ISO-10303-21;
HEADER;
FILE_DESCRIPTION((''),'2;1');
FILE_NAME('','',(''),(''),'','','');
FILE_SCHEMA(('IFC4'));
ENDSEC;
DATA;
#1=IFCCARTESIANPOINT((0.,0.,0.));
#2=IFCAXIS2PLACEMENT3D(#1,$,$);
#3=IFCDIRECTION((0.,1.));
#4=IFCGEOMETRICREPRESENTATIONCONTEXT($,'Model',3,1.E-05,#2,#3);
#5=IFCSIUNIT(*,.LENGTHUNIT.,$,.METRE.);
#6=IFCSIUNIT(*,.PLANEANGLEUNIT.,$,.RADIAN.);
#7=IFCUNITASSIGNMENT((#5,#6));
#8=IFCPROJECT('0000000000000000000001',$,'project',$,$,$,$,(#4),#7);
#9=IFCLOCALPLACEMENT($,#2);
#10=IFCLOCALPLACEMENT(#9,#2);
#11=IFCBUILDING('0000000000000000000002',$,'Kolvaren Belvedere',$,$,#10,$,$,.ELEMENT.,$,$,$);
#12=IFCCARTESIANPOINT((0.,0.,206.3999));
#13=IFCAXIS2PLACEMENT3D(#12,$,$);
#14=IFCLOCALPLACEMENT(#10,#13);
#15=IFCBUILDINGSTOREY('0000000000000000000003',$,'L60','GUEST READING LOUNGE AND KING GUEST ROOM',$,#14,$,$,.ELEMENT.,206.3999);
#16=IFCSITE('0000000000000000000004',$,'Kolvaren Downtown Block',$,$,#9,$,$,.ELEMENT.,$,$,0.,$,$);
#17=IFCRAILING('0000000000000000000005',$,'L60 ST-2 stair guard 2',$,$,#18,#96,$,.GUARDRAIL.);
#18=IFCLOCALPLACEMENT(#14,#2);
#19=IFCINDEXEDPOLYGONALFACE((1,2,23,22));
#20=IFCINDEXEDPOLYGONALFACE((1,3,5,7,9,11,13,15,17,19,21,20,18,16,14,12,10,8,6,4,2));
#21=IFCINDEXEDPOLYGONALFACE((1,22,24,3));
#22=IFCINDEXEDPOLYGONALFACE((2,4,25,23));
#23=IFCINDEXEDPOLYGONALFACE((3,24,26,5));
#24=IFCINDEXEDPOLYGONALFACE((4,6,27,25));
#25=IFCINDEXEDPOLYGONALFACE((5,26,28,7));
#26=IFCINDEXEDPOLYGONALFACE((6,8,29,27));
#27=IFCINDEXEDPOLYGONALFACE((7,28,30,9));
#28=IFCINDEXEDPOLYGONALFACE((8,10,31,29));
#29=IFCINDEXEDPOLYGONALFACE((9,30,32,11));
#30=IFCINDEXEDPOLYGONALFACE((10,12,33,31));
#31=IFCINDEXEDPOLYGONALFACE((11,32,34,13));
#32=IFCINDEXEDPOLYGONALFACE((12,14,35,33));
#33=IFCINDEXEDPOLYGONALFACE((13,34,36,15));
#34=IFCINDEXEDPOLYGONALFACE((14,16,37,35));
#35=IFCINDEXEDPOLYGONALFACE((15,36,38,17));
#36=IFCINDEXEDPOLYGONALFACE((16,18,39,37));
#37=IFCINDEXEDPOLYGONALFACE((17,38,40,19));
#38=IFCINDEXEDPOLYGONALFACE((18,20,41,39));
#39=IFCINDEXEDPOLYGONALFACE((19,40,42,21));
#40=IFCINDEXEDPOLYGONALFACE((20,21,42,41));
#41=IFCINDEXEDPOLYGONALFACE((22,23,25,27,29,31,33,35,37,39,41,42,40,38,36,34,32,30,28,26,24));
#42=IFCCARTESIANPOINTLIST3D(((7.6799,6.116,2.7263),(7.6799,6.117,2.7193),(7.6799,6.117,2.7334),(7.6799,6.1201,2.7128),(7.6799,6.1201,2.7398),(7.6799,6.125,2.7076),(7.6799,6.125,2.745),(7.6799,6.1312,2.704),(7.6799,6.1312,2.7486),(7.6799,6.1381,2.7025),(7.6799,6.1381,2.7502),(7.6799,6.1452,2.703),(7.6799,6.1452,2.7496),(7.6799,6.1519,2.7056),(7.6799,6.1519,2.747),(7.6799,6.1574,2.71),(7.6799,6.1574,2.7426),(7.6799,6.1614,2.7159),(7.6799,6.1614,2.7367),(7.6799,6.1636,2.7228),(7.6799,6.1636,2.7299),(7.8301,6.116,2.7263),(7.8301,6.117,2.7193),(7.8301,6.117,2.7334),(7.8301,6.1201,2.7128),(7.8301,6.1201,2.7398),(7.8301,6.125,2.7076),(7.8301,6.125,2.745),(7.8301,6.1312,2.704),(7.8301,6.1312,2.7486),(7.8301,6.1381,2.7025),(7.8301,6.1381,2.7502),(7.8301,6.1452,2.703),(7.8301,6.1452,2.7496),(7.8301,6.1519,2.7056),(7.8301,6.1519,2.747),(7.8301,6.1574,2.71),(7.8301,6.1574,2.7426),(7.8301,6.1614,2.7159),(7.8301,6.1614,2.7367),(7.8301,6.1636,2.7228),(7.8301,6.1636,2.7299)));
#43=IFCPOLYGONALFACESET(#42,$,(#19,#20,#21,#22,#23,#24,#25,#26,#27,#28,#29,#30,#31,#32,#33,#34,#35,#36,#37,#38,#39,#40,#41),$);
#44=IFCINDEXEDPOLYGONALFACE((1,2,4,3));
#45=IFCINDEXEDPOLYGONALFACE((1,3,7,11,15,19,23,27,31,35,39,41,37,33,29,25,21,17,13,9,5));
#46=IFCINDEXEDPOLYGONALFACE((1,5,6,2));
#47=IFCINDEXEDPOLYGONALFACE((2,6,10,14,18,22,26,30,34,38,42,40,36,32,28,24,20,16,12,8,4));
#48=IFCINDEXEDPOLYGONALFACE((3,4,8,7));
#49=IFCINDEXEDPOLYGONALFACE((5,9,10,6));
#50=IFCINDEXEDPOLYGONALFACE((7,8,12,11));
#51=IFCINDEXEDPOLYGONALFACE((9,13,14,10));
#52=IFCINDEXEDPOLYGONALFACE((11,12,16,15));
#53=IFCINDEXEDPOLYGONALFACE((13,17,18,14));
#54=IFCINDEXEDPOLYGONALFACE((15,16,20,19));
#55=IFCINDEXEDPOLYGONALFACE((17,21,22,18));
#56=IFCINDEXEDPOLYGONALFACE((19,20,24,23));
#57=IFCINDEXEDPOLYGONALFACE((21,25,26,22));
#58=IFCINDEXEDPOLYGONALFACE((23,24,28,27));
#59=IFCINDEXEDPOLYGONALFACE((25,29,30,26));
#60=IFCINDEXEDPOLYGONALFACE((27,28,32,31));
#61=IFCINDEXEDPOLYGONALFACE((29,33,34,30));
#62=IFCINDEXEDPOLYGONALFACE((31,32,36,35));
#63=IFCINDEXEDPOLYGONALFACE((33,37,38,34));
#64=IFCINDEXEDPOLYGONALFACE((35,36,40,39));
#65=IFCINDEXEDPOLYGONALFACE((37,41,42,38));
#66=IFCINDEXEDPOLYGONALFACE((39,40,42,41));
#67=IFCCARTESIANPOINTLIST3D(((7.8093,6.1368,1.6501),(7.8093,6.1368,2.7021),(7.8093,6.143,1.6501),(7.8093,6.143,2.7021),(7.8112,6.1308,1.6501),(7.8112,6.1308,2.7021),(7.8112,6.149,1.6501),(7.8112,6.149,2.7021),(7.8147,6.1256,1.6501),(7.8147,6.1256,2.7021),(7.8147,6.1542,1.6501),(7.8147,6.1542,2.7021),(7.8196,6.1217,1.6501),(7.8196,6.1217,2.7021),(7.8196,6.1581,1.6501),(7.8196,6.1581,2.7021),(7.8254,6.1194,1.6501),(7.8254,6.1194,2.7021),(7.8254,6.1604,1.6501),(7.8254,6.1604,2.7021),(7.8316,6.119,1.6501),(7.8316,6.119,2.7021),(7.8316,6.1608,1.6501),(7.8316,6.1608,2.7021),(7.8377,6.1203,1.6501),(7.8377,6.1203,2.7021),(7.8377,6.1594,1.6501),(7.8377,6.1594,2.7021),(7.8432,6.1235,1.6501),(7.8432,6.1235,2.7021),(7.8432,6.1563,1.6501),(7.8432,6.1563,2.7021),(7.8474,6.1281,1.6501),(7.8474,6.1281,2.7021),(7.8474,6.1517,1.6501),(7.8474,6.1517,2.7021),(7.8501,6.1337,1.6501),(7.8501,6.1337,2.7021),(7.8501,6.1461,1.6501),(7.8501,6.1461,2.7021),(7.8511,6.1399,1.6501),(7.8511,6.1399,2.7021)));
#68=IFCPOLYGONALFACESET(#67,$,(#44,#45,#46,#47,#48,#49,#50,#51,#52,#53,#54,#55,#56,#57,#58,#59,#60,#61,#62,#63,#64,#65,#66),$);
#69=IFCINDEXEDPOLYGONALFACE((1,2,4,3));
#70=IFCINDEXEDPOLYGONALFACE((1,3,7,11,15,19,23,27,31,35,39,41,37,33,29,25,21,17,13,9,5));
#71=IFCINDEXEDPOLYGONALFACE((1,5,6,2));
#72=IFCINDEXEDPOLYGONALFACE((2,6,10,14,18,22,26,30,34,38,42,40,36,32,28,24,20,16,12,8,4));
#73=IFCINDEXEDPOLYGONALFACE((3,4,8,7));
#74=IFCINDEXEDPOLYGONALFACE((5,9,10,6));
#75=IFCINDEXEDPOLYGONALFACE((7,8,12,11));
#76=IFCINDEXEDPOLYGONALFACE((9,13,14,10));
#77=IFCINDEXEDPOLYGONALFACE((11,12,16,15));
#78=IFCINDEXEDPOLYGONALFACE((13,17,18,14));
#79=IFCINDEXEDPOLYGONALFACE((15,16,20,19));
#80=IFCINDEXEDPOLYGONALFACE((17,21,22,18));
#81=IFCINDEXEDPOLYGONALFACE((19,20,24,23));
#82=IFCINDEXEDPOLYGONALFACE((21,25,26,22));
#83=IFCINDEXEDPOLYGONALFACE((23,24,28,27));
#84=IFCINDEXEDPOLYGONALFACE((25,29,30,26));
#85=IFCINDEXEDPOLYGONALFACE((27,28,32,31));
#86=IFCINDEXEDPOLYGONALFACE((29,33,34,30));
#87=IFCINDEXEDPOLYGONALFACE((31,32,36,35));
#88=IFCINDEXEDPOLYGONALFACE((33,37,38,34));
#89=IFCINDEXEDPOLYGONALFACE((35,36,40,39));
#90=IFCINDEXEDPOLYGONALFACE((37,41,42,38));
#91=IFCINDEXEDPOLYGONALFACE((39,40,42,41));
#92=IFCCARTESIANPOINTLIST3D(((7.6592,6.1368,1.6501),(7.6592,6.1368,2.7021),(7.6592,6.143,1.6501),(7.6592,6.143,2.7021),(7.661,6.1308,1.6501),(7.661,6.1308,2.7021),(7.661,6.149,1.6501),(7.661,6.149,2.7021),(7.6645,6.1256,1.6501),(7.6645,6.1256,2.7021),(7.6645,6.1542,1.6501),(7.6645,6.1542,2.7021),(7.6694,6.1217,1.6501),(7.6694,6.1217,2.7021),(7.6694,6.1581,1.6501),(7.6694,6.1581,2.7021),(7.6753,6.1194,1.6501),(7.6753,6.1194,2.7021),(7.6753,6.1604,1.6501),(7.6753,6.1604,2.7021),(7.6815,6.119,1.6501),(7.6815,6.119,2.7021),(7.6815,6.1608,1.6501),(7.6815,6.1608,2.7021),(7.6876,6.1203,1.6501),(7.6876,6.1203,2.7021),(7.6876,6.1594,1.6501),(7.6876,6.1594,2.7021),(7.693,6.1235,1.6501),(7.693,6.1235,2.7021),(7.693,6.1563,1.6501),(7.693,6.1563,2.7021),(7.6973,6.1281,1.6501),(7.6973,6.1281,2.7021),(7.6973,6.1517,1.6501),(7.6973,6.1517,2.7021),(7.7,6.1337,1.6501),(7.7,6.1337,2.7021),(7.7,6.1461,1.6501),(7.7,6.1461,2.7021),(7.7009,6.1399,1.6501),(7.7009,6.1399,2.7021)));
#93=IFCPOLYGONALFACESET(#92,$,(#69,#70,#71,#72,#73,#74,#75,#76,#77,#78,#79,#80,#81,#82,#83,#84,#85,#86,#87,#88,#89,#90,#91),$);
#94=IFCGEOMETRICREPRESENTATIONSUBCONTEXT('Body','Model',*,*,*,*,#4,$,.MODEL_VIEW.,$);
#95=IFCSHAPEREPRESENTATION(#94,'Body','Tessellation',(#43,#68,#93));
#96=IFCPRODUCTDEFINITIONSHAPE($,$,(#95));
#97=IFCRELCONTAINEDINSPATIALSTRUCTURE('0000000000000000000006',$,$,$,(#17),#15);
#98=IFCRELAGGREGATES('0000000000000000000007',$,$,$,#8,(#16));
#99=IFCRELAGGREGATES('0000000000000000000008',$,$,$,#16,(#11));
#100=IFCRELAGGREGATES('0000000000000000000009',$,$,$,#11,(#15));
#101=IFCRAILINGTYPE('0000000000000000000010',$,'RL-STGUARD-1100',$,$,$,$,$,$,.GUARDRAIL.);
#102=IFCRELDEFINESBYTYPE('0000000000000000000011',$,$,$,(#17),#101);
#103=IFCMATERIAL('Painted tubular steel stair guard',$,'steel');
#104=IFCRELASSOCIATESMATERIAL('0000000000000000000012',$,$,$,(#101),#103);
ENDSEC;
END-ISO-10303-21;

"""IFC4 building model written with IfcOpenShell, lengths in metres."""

from ifc_helpers import new_model, si_unit, direction, frame, origin, origin_2d, place, context, subcontext, project, spatial, circle, extrude, material, type_object, element, save


model = new_model("IFC4")

# Units and contexts
model_context = context("Model", 3, precision=1e-05, world=origin(), true_north=direction((0.0, 1.0)))
body_context = subcontext(model_context, "Body", "Model", "MODEL_VIEW")
ifc_project = project(units=[si_unit("LENGTHUNIT", "METRE"), si_unit("PLANEANGLEUNIT", "RADIAN")], contexts=[model_context])

# Site, building, storey
site_placement = place(None, origin())
site = spatial("IfcSite", under=ifc_project, at=site_placement, Name="Kolvaren Downtown Block", CompositionType="ELEMENT", RefElevation=0.0)
building_placement = place(site_placement, origin())
building = spatial("IfcBuilding", under=site, at=building_placement, Name="Kolvaren Belvedere", CompositionType="ELEMENT")
storey_placement = place(building_placement, frame((0.0, 0.0, 206.3999)))
storey = spatial("IfcBuildingStorey", under=building, at=storey_placement, Name="L60", Description="GUEST READING LOUNGE AND KING GUEST ROOM", CompositionType="ELEMENT", Elevation=206.3999)

# Railing
ifc_material_1 = material(Name="Painted tubular steel stair guard", Category="steel")
railing_type_1 = type_object("IfcRailingType", Name="RL-STGUARD-1100", PredefinedType="GUARDRAIL", material=ifc_material_1)
railing_1_placement = place(storey_placement, frame((7.8301, 6.1399, 1.6501)))
element("IfcRailing", 1, at=railing_1_placement, inside=storey, type_object=railing_type_1, Name="L60 ST-2 stair guard 2", PredefinedType="GUARDRAIL", context=body_context, shape_type="SweptSolid", body=[
    extrude(circle(Radius=0.0239, at=origin_2d()), frame((0.0, 0.0, 1.0762), z_axis=(-1.0, 0.0, 0.0), x_axis=(0.0, -1.0, 0.0)), (0.0, 0.0, 1.0), 0.1501),
    extrude(circle(Radius=0.021, at=origin_2d()), origin(), (0.0, 0.0, 1.0), 1.052),
    extrude(circle(Radius=0.021, at=origin_2d()), frame((-0.1501, 0.0, 0.0)), (0.0, 0.0, 1.0), 1.052),
])

save(model, "model.ifc")
